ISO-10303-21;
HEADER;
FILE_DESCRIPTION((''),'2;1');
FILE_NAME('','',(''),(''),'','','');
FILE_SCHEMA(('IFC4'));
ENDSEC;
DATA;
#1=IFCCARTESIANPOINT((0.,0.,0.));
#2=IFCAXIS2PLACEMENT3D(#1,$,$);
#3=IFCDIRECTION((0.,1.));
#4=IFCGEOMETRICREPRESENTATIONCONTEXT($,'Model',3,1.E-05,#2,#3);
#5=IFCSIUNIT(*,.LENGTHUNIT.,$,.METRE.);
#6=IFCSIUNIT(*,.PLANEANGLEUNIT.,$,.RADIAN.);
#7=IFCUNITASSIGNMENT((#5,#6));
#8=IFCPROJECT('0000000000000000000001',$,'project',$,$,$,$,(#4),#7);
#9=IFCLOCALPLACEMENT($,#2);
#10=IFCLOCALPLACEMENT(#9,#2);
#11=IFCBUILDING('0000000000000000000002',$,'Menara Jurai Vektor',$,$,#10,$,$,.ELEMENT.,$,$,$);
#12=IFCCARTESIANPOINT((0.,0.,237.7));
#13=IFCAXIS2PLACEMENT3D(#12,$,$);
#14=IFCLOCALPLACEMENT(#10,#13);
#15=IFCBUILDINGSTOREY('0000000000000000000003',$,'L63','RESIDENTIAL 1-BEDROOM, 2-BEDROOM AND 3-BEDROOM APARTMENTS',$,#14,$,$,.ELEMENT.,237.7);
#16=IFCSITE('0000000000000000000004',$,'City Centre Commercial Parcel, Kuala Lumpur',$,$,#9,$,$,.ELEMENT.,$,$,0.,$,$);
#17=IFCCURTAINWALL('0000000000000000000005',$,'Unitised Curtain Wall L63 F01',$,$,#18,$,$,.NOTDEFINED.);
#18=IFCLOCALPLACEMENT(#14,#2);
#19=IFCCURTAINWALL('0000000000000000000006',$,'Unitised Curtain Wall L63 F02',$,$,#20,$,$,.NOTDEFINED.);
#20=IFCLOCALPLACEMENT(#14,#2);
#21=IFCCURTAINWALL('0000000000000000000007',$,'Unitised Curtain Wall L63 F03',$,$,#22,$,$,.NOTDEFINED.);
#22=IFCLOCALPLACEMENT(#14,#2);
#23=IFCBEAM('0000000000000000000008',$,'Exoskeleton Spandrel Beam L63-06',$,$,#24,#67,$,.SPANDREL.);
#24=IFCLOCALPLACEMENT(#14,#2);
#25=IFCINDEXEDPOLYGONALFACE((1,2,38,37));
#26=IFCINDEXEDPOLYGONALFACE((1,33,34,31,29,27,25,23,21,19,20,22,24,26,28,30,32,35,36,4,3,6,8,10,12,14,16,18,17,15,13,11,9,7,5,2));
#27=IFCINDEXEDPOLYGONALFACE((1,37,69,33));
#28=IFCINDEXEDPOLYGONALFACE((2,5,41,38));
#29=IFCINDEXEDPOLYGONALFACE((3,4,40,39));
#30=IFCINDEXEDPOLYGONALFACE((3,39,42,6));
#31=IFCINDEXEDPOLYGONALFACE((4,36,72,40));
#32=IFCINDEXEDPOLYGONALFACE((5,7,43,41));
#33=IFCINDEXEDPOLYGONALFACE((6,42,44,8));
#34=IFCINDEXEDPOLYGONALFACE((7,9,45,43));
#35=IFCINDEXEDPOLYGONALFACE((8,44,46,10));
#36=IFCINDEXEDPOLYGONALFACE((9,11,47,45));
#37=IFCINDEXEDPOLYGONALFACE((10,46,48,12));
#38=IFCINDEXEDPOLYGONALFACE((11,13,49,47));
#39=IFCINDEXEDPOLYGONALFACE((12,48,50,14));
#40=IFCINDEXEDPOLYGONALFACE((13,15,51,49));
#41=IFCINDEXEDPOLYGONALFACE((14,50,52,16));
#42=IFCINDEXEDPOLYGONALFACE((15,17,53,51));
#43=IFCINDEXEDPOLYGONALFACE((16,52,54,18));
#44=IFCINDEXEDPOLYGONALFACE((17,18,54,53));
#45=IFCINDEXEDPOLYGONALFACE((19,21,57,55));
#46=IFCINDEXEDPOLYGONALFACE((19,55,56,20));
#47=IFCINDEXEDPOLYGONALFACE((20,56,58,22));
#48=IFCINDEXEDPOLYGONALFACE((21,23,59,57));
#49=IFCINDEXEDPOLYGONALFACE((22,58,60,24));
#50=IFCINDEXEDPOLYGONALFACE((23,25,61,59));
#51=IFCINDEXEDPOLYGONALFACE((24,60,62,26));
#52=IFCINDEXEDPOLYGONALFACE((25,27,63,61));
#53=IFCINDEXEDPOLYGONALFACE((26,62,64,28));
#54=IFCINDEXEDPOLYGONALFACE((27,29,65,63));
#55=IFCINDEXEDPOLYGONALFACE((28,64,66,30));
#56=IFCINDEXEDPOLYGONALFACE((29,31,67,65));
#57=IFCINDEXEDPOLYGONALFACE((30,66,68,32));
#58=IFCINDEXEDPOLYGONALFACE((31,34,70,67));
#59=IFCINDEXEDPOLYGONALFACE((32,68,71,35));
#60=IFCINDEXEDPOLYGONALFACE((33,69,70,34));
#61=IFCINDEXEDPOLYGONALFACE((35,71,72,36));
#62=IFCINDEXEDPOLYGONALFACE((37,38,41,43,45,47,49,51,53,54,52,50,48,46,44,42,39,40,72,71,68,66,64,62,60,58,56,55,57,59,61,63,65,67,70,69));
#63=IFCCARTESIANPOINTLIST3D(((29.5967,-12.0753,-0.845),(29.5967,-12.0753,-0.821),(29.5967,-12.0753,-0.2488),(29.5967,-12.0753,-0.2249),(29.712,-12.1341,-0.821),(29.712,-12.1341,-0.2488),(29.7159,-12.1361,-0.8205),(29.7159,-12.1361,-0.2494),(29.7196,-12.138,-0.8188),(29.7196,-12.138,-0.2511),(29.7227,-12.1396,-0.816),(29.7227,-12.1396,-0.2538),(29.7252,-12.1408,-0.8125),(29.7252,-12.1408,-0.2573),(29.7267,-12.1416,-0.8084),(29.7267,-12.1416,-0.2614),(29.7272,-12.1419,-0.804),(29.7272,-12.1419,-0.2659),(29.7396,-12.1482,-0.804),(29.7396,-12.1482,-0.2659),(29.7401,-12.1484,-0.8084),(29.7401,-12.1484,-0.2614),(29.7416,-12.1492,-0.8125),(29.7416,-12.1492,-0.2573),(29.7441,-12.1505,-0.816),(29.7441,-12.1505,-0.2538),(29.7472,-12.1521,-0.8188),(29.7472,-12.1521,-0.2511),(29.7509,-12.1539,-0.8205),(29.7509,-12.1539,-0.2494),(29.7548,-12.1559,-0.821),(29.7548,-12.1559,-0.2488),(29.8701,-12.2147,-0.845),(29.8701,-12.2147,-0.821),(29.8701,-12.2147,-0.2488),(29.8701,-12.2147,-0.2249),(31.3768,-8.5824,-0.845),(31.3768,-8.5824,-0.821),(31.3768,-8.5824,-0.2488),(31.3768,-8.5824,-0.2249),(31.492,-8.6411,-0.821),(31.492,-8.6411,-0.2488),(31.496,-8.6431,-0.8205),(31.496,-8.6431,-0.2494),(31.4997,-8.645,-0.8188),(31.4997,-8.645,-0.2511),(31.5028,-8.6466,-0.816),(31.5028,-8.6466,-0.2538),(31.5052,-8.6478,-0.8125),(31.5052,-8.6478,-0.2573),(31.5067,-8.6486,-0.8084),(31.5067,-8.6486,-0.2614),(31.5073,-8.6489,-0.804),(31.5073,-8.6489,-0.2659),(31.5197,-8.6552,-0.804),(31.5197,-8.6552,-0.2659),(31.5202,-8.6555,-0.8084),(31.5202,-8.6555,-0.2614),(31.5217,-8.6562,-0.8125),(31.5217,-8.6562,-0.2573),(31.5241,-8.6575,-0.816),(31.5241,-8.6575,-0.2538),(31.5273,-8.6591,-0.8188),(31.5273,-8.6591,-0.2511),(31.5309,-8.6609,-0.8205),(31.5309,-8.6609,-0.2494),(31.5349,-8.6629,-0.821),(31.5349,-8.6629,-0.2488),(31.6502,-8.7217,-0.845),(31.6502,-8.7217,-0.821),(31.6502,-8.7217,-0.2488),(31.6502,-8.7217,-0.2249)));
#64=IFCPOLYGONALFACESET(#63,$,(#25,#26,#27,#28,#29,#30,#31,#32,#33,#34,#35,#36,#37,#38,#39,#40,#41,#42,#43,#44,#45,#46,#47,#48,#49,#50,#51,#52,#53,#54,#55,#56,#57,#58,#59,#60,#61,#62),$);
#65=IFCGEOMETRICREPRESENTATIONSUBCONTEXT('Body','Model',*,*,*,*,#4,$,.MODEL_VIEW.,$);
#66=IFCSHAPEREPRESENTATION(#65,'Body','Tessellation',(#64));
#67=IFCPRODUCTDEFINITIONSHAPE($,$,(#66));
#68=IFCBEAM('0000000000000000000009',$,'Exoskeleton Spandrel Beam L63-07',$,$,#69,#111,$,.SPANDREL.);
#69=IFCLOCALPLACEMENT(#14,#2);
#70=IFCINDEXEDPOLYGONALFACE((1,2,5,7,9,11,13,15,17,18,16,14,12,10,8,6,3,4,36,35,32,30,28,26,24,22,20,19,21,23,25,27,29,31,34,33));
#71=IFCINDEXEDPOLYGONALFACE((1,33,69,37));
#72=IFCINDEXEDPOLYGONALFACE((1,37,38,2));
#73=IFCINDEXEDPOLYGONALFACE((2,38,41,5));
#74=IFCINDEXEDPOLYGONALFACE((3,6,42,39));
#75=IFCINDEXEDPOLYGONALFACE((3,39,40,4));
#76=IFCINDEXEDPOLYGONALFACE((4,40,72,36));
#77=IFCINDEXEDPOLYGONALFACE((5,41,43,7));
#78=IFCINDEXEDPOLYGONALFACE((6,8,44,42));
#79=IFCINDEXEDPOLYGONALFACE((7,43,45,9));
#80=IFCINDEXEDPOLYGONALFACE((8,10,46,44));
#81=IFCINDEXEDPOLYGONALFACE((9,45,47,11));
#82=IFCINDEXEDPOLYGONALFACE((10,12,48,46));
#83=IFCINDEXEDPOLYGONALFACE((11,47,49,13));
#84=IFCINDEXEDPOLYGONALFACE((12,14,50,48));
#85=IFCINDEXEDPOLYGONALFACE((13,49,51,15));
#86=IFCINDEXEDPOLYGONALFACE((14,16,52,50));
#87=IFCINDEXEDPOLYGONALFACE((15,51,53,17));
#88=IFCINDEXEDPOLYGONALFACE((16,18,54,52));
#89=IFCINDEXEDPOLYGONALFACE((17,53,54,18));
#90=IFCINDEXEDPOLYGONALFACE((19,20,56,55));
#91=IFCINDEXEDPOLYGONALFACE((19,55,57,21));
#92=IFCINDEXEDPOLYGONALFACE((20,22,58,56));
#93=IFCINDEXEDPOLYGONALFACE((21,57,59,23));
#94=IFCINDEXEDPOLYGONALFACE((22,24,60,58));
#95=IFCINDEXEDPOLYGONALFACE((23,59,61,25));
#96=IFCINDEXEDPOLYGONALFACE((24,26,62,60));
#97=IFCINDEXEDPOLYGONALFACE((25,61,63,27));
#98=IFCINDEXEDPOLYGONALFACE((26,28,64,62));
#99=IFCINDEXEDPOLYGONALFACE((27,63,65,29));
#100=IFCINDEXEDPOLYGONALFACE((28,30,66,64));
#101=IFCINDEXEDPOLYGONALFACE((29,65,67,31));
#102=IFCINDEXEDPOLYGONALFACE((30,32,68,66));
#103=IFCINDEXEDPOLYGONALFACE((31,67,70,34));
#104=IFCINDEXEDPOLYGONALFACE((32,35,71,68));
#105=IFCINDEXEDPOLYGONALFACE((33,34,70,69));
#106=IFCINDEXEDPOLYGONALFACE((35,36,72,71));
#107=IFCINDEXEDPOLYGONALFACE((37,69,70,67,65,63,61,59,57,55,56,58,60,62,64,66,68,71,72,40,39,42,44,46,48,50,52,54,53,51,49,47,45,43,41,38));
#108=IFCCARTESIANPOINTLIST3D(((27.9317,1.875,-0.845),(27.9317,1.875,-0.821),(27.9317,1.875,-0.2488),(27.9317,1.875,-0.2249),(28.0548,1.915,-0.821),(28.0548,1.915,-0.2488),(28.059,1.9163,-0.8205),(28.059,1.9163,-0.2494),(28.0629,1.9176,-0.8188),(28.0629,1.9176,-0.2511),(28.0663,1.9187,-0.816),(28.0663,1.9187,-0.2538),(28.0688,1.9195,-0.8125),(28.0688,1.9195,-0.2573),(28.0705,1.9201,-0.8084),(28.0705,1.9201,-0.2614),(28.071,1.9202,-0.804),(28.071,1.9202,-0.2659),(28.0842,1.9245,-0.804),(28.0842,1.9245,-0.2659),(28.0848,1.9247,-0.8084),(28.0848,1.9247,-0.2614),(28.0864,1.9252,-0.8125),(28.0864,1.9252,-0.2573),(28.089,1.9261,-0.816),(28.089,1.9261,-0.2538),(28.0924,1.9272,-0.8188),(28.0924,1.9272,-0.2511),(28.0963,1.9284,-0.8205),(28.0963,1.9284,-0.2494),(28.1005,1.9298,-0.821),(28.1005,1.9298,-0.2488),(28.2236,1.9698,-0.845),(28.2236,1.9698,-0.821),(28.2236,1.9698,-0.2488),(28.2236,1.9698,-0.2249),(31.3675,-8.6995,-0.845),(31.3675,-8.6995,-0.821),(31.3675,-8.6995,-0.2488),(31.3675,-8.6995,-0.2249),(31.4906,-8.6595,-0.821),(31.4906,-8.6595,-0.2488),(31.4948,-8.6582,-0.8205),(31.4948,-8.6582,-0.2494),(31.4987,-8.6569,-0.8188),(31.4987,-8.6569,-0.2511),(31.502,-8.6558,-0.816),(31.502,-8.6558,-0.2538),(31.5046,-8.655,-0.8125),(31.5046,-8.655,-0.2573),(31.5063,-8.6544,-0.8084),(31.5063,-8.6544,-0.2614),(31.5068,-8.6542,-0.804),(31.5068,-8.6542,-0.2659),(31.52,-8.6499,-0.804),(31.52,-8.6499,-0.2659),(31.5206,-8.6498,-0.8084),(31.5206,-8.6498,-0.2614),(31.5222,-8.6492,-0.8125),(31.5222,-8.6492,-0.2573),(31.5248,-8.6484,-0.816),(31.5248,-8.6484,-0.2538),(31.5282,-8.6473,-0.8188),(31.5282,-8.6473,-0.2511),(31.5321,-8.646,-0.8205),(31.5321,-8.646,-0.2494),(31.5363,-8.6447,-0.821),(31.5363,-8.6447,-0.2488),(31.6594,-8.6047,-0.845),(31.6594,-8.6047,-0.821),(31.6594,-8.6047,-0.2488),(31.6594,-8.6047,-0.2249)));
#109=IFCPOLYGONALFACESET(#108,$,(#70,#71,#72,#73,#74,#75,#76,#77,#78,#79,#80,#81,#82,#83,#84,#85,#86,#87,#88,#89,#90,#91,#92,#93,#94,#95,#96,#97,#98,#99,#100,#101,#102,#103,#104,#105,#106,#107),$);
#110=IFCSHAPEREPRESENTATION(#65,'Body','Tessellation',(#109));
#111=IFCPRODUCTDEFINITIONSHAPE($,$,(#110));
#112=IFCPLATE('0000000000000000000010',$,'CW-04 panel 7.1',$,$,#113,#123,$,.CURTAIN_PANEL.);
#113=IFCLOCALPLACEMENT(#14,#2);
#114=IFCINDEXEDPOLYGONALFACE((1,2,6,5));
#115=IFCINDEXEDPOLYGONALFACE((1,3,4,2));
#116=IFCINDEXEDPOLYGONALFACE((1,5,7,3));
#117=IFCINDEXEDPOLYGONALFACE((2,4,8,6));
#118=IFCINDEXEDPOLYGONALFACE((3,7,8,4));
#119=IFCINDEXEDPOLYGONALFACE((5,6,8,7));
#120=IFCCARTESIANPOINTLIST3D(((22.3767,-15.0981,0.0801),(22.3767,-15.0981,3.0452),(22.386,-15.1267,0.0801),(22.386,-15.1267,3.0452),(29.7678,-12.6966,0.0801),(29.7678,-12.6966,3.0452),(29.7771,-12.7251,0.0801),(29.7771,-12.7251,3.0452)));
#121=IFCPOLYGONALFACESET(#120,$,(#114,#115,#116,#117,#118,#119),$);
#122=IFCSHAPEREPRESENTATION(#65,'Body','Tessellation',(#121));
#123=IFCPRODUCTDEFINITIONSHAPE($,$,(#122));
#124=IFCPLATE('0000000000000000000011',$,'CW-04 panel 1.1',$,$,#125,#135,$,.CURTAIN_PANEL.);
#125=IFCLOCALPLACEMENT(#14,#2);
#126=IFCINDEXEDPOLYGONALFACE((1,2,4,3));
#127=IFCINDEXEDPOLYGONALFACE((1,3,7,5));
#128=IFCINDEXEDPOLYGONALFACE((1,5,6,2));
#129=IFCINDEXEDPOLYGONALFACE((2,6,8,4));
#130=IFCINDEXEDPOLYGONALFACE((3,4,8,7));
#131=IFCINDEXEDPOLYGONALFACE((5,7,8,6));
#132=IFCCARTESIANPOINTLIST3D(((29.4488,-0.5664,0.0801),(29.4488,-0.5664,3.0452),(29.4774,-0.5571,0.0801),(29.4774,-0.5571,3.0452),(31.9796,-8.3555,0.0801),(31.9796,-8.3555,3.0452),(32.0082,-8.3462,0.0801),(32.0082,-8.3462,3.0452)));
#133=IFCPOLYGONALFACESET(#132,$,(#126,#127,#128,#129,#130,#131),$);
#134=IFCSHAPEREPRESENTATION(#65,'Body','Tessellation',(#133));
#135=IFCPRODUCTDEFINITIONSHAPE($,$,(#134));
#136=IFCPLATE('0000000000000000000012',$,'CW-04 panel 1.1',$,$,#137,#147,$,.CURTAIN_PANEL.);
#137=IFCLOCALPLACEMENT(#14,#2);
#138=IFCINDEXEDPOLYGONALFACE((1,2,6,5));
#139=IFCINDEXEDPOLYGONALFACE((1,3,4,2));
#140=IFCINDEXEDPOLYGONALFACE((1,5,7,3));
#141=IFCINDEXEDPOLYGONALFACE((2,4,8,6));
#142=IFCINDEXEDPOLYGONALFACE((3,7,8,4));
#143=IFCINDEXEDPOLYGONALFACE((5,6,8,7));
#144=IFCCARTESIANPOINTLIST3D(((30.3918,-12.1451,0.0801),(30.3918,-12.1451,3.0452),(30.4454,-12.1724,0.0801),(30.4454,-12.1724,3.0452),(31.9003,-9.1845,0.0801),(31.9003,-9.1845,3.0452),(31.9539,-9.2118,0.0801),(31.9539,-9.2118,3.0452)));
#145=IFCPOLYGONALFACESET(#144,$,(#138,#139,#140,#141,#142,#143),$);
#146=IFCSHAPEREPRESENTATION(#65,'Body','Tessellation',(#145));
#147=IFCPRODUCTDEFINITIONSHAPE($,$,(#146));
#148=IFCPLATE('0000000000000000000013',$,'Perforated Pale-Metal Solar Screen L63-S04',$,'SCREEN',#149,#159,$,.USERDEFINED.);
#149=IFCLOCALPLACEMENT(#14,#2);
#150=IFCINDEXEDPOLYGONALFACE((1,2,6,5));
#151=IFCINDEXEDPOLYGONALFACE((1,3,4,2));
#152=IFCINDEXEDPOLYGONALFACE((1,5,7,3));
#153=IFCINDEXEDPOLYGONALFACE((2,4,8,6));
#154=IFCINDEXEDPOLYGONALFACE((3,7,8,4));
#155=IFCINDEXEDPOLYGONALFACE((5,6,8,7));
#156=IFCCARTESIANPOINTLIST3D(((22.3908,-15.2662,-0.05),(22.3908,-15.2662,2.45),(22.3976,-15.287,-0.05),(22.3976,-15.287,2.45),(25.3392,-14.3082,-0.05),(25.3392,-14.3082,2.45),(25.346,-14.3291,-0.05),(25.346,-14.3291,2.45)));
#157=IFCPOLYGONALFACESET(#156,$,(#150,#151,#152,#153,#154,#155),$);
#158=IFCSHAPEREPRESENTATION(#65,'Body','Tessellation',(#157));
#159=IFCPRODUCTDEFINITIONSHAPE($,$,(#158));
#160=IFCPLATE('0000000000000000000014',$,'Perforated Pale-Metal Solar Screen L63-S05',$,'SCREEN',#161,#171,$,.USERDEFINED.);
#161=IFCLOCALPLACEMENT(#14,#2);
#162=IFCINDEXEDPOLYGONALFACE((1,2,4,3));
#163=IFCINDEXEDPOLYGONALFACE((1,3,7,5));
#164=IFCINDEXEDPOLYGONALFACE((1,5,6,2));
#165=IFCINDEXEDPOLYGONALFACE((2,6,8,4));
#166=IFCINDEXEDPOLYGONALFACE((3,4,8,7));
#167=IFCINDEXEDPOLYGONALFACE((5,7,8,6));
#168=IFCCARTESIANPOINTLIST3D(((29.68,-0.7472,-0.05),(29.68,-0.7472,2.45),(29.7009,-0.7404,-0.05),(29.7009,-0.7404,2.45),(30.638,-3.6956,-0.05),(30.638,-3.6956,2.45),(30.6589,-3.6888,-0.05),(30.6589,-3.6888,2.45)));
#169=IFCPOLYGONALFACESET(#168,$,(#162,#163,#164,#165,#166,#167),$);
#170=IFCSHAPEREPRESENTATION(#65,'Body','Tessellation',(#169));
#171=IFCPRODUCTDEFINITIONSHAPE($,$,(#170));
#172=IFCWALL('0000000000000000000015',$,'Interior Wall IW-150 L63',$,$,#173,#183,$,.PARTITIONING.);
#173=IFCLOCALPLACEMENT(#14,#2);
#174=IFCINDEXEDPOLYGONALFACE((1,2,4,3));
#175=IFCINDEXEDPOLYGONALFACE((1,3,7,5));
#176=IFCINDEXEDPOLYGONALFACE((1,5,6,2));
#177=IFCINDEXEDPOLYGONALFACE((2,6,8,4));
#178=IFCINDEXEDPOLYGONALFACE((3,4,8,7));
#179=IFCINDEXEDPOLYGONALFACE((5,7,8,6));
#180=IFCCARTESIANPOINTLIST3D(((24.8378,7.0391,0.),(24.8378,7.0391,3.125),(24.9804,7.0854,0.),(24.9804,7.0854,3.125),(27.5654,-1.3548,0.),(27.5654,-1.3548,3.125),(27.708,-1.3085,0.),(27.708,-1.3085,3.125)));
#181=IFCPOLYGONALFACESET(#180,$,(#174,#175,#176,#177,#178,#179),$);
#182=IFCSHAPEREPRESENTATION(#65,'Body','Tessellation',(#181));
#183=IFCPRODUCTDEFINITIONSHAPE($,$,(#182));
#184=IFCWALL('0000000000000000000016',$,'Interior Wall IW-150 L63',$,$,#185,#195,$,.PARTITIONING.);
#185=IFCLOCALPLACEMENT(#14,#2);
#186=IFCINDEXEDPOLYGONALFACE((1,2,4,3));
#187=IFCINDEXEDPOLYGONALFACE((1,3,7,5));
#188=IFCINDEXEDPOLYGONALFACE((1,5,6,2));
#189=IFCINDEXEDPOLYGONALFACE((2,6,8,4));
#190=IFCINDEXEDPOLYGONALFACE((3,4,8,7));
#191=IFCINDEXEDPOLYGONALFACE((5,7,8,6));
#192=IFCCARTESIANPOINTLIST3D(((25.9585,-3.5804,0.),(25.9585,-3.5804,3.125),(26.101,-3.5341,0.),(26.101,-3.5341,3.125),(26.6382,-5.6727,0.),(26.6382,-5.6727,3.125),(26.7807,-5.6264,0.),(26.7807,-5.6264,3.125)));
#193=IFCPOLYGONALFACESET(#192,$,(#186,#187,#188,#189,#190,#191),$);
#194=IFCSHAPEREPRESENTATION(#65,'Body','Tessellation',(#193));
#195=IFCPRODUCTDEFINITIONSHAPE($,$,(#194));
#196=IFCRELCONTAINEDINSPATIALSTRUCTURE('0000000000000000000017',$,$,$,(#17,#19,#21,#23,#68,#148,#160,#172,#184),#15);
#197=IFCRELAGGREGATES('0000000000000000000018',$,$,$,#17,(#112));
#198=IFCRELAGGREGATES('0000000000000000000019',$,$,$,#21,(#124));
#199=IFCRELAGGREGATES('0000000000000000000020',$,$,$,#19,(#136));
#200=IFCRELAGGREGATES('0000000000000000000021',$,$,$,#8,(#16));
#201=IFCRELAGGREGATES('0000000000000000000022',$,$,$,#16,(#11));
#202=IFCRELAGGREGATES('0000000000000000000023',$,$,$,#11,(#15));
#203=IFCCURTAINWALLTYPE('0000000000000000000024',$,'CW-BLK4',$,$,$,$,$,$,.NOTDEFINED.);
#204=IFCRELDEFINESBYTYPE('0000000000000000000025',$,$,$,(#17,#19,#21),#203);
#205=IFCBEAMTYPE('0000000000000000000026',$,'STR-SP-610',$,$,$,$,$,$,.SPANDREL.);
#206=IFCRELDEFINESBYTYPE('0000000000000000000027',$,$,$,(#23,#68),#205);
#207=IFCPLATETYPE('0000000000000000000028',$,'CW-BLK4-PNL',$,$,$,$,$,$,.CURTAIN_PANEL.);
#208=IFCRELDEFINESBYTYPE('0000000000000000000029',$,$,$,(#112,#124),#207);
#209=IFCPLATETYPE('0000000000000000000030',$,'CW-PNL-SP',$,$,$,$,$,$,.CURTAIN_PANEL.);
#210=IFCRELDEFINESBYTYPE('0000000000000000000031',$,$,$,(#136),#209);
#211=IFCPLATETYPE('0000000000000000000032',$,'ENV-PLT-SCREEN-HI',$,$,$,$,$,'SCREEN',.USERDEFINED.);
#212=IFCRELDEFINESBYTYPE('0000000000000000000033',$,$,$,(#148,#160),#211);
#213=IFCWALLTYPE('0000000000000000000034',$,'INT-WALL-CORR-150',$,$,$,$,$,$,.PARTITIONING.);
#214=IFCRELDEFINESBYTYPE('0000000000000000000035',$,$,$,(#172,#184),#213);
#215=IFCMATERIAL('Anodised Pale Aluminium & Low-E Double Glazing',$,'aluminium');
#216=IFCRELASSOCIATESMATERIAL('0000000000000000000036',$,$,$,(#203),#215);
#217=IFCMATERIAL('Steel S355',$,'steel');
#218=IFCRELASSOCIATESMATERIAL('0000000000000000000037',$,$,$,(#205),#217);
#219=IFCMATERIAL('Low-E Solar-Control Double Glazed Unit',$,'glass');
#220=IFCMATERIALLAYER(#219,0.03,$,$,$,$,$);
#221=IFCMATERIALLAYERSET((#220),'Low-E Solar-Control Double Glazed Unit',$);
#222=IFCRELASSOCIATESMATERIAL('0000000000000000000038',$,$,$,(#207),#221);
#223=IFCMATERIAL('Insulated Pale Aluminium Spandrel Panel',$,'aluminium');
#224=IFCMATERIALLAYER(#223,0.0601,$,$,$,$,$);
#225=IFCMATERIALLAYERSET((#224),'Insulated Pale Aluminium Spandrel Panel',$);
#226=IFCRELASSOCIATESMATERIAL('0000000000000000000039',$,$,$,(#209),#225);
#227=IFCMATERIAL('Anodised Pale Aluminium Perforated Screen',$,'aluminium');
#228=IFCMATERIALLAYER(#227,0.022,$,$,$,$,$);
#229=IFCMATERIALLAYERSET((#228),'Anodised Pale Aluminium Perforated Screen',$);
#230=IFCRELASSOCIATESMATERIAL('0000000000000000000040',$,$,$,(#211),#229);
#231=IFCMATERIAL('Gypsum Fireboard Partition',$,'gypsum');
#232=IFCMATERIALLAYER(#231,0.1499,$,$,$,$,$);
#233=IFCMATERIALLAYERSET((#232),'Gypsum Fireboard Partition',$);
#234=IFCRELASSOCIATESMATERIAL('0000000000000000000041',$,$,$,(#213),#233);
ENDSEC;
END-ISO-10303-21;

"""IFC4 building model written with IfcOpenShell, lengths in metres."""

from ifc_helpers import new_model, si_unit, direction, frame, frame_2d, origin, origin_2d, place, context, subcontext, project, spatial, rectangle, i_section, extrude, material, layer, layer_set, material_profile, profile_set, type_object, element, aggregate, save


model = new_model("IFC4")

# Units and contexts
model_context = context("Model", 3, precision=1e-05, world=origin(), true_north=direction((0.0, 1.0)))
body_context = subcontext(model_context, "Body", "Model", "MODEL_VIEW")
ifc_project = project(units=[si_unit("LENGTHUNIT", "METRE"), si_unit("PLANEANGLEUNIT", "RADIAN")], contexts=[model_context])

# Site, building, storey
site_placement = place(None, origin())
site = spatial("IfcSite", under=ifc_project, at=site_placement, Name="City Centre Commercial Parcel, Kuala Lumpur", CompositionType="ELEMENT", RefElevation=0.0)
building_placement = place(site_placement, origin())
building = spatial("IfcBuilding", under=site, at=building_placement, Name="Menara Jurai Vektor", CompositionType="ELEMENT")
storey_placement = place(building_placement, frame((0.0, 0.0, 237.7)))
storey = spatial("IfcBuildingStorey", under=building, at=storey_placement, Name="L63", Description="RESIDENTIAL 1-BEDROOM, 2-BEDROOM AND 3-BEDROOM APARTMENTS", CompositionType="ELEMENT", Elevation=237.7)

# Curtain wall
ifc_material_1 = material(Name="Anodised Pale Aluminium & Low-E Double Glazing", Category="aluminium")
curtain_wall_type = type_object("IfcCurtainWallType", Name="CW-BLK4", PredefinedType="NOTDEFINED", material=ifc_material_1)
curtain_wall_1_placement = place(storey_placement, origin())
curtain_wall_1 = element("IfcCurtainWall", 1, at=curtain_wall_1_placement, inside=storey, type_object=curtain_wall_type, Name="Unitised Curtain Wall L63 F01", PredefinedType="NOTDEFINED")

# Curtain walls
curtain_wall_2_placement = place(storey_placement, origin())
curtain_wall_2 = element("IfcCurtainWall", 2, at=curtain_wall_2_placement, inside=storey, type_object=curtain_wall_type, Name="Unitised Curtain Wall L63 F02", PredefinedType="NOTDEFINED")
curtain_wall_3_placement = place(storey_placement, origin())
curtain_wall_3 = element("IfcCurtainWall", 3, at=curtain_wall_3_placement, inside=storey, type_object=curtain_wall_type, Name="Unitised Curtain Wall L63 F03", PredefinedType="NOTDEFINED")

# Shared definitions
ifc_material_2 = material(Name="Steel S355", Category="steel")

# Beams
ifc_material_profile_1 = material_profile(ifc_material_2, i_section(OverallWidth=0.3069, OverallDepth=0.6201, WebThickness=0.0139, FlangeThickness=0.0239, FilletRadius=0.0171, at=origin_2d()), Name="UKB 610x305x179")
ifc_profile_set_1 = profile_set([ifc_material_profile_1], Name="Steel S355")
beam_type_1 = type_object("IfcBeamType", Name="STR-SP-610", PredefinedType="SPANDREL", material=ifc_profile_set_1)
beam_1_placement = place(storey_placement, frame((29.7334, -12.145, -0.5349), z_axis=(0.454051, 0.890976, 0.0), x_axis=(-0.890976, 0.454051, 0.0)))
element("IfcBeam", 4, at=beam_1_placement, inside=storey, type_object=beam_type_1, Name="Exoskeleton Spandrel Beam L63-06", PredefinedType="SPANDREL", context=body_context, shape_type="SweptSolid", body=[
    extrude(i_section(OverallWidth=0.3069, OverallDepth=0.6201, WebThickness=0.0139, FlangeThickness=0.0239, FilletRadius=0.0171, at=origin_2d()), origin(), (0.0, 0.0, 1.0), 3.9204),
])
beam_2_placement = place(storey_placement, frame((31.5134, -8.6521, -0.5349), z_axis=(-0.309012, 0.951058, 0.0), x_axis=(-0.951058, -0.309012, 0.0)))
element("IfcBeam", 5, at=beam_2_placement, inside=storey, type_object=beam_type_1, Name="Exoskeleton Spandrel Beam L63-07", PredefinedType="SPANDREL", context=body_context, shape_type="SweptSolid", body=[
    extrude(i_section(OverallWidth=0.3069, OverallDepth=0.6201, WebThickness=0.0139, FlangeThickness=0.0239, FilletRadius=0.0171, at=origin_2d()), origin(), (0.0, 0.0, 1.0), 11.1187),
])

# Plates
ifc_material_3 = material(Name="Low-E Solar-Control Double Glazed Unit", Category="glass")
ifc_layer_1 = layer(ifc_material_3, 0.03)
ifc_layer_set_1 = layer_set([ifc_layer_1], Name="Low-E Solar-Control Double Glazed Unit")
plate_type_1 = type_object("IfcPlateType", Name="CW-BLK4-PNL", PredefinedType="CURTAIN_PANEL", material=ifc_layer_set_1)
plate_1_placement = place(storey_placement, frame((26.0769, -13.9116, 0.0801), z_axis=(0.0, 0.0, 1.0), x_axis=(0.951056, 0.309017, 0.0)))
plate_1 = element("IfcPlate", 6, at=plate_1_placement, type_object=plate_type_1, Name="CW-04 panel 7.1", PredefinedType="CURTAIN_PANEL", context=body_context, shape_type="SweptSolid", body=[
    extrude(rectangle(XDim=7.7715, YDim=0.03, at=origin_2d()), origin(), (0.0, 0.0, 1.0), 2.9651),
])
aggregate(curtain_wall_1, [plate_1])
plate_2_placement = place(storey_placement, frame((30.7285, -4.4563, 0.0801), z_axis=(0.0, 0.0, 1.0), x_axis=(-0.309016, 0.951057, 0.0)))
plate_2 = element("IfcPlate", 7, at=plate_2_placement, type_object=plate_type_1, Name="CW-04 panel 1.1", PredefinedType="CURTAIN_PANEL", context=body_context, shape_type="SweptSolid", body=[
    extrude(rectangle(XDim=8.1899, YDim=0.03, at=origin_2d()), origin(), (0.0, 0.0, 1.0), 2.9651),
])
aggregate(curtain_wall_3, [plate_2])
ifc_material_4 = material(Name="Insulated Pale Aluminium Spandrel Panel", Category="aluminium")
ifc_layer_2 = layer(ifc_material_4, 0.0601)
ifc_layer_set_2 = layer_set([ifc_layer_2], Name="Insulated Pale Aluminium Spandrel Panel")
plate_type_2 = type_object("IfcPlateType", Name="CW-PNL-SP", PredefinedType="CURTAIN_PANEL", material=ifc_layer_set_2)
plate_3_placement = place(storey_placement, frame((31.1729, -10.6785, 0.0801), z_axis=(0.0, 0.0, 1.0), x_axis=(0.453989, 0.891008, 0.0)))
plate_3 = element("IfcPlate", 8, at=plate_3_placement, type_object=plate_type_2, Name="CW-04 panel 1.1", PredefinedType="CURTAIN_PANEL", context=body_context, shape_type="SweptSolid", body=[
    extrude(rectangle(XDim=3.3228, YDim=0.0601, at=origin_2d()), origin(), (0.0, 0.0, 1.0), 2.9651),
])
aggregate(curtain_wall_2, [plate_3])

# Plates
ifc_material_5 = material(Name="Anodised Pale Aluminium Perforated Screen", Category="aluminium")
ifc_layer_3 = layer(ifc_material_5, 0.022)
ifc_layer_set_3 = layer_set([ifc_layer_3], Name="Anodised Pale Aluminium Perforated Screen")
plate_type_3 = type_object("IfcPlateType", Name="ENV-PLT-SCREEN-HI", ElementType="SCREEN", PredefinedType="USERDEFINED", material=ifc_layer_set_3)
for number, where, z_axis, x_axis, name in (
    (9, (23.8684, -14.7976, -0.05), (0.0, 0.0, 1.0), (0.951057, 0.309017, 0.0), "Perforated Pale-Metal Solar Screen L63-S04"),
    (10, (30.1694, -2.218, -0.05), (0.0, 0.0, 1.0), (-0.309017, 0.951057, 0.0), "Perforated Pale-Metal Solar Screen L63-S05"),
):
    element("IfcPlate", number, at=place(storey_placement, frame(where, z_axis=z_axis, x_axis=x_axis)), inside=storey, type_object=plate_type_3, Name=name, ObjectType="SCREEN", PredefinedType="USERDEFINED", context=body_context, shape_type="SweptSolid", body=[
        extrude(rectangle(XDim=3.1001, YDim=0.022, at=origin_2d()), origin(), (0.0, 0.0, 1.0), 2.5),
    ])

# Shared definitions
ifc_material_6 = material(Name="Gypsum Fireboard Partition", Category="gypsum")
ifc_layer_4 = layer(ifc_material_6, 0.1499)
ifc_layer_set_4 = layer_set([ifc_layer_4], Name="Gypsum Fireboard Partition")
wall_type_1 = type_object("IfcWallType", Name="INT-WALL-CORR-150", PredefinedType="PARTITIONING", material=ifc_layer_set_4)

# Walls
wall_1_placement = place(storey_placement, frame((27.6367, -1.3318, 0.0), z_axis=(0.0, 0.0, 1.0), x_axis=(-0.30904, 0.951049, 0.0)))
element("IfcWall", 11, at=wall_1_placement, inside=storey, type_object=wall_type_1, Name="Interior Wall IW-150 L63", PredefinedType="PARTITIONING", context=body_context, shape_type="SweptSolid", body=[
    extrude(rectangle(XDim=8.8259, YDim=0.1499, at=frame_2d((4.4131, 0.0))), origin(), (0.0, 0.0, 1.0), 3.125),
])
wall_2_placement = place(storey_placement, frame((26.7095, -5.6497, 0.0), z_axis=(0.0, 0.0, 1.0), x_axis=(-0.308961, 0.951075, 0.0)))
element("IfcWall", 12, at=wall_2_placement, inside=storey, type_object=wall_type_1, Name="Interior Wall IW-150 L63", PredefinedType="PARTITIONING", context=body_context, shape_type="SweptSolid", body=[
    extrude(rectangle(XDim=2.2, YDim=0.1499, at=frame_2d((1.1001, 0.0))), origin(), (0.0, 0.0, 1.0), 3.125),
])

save(model, "model.ifc")
